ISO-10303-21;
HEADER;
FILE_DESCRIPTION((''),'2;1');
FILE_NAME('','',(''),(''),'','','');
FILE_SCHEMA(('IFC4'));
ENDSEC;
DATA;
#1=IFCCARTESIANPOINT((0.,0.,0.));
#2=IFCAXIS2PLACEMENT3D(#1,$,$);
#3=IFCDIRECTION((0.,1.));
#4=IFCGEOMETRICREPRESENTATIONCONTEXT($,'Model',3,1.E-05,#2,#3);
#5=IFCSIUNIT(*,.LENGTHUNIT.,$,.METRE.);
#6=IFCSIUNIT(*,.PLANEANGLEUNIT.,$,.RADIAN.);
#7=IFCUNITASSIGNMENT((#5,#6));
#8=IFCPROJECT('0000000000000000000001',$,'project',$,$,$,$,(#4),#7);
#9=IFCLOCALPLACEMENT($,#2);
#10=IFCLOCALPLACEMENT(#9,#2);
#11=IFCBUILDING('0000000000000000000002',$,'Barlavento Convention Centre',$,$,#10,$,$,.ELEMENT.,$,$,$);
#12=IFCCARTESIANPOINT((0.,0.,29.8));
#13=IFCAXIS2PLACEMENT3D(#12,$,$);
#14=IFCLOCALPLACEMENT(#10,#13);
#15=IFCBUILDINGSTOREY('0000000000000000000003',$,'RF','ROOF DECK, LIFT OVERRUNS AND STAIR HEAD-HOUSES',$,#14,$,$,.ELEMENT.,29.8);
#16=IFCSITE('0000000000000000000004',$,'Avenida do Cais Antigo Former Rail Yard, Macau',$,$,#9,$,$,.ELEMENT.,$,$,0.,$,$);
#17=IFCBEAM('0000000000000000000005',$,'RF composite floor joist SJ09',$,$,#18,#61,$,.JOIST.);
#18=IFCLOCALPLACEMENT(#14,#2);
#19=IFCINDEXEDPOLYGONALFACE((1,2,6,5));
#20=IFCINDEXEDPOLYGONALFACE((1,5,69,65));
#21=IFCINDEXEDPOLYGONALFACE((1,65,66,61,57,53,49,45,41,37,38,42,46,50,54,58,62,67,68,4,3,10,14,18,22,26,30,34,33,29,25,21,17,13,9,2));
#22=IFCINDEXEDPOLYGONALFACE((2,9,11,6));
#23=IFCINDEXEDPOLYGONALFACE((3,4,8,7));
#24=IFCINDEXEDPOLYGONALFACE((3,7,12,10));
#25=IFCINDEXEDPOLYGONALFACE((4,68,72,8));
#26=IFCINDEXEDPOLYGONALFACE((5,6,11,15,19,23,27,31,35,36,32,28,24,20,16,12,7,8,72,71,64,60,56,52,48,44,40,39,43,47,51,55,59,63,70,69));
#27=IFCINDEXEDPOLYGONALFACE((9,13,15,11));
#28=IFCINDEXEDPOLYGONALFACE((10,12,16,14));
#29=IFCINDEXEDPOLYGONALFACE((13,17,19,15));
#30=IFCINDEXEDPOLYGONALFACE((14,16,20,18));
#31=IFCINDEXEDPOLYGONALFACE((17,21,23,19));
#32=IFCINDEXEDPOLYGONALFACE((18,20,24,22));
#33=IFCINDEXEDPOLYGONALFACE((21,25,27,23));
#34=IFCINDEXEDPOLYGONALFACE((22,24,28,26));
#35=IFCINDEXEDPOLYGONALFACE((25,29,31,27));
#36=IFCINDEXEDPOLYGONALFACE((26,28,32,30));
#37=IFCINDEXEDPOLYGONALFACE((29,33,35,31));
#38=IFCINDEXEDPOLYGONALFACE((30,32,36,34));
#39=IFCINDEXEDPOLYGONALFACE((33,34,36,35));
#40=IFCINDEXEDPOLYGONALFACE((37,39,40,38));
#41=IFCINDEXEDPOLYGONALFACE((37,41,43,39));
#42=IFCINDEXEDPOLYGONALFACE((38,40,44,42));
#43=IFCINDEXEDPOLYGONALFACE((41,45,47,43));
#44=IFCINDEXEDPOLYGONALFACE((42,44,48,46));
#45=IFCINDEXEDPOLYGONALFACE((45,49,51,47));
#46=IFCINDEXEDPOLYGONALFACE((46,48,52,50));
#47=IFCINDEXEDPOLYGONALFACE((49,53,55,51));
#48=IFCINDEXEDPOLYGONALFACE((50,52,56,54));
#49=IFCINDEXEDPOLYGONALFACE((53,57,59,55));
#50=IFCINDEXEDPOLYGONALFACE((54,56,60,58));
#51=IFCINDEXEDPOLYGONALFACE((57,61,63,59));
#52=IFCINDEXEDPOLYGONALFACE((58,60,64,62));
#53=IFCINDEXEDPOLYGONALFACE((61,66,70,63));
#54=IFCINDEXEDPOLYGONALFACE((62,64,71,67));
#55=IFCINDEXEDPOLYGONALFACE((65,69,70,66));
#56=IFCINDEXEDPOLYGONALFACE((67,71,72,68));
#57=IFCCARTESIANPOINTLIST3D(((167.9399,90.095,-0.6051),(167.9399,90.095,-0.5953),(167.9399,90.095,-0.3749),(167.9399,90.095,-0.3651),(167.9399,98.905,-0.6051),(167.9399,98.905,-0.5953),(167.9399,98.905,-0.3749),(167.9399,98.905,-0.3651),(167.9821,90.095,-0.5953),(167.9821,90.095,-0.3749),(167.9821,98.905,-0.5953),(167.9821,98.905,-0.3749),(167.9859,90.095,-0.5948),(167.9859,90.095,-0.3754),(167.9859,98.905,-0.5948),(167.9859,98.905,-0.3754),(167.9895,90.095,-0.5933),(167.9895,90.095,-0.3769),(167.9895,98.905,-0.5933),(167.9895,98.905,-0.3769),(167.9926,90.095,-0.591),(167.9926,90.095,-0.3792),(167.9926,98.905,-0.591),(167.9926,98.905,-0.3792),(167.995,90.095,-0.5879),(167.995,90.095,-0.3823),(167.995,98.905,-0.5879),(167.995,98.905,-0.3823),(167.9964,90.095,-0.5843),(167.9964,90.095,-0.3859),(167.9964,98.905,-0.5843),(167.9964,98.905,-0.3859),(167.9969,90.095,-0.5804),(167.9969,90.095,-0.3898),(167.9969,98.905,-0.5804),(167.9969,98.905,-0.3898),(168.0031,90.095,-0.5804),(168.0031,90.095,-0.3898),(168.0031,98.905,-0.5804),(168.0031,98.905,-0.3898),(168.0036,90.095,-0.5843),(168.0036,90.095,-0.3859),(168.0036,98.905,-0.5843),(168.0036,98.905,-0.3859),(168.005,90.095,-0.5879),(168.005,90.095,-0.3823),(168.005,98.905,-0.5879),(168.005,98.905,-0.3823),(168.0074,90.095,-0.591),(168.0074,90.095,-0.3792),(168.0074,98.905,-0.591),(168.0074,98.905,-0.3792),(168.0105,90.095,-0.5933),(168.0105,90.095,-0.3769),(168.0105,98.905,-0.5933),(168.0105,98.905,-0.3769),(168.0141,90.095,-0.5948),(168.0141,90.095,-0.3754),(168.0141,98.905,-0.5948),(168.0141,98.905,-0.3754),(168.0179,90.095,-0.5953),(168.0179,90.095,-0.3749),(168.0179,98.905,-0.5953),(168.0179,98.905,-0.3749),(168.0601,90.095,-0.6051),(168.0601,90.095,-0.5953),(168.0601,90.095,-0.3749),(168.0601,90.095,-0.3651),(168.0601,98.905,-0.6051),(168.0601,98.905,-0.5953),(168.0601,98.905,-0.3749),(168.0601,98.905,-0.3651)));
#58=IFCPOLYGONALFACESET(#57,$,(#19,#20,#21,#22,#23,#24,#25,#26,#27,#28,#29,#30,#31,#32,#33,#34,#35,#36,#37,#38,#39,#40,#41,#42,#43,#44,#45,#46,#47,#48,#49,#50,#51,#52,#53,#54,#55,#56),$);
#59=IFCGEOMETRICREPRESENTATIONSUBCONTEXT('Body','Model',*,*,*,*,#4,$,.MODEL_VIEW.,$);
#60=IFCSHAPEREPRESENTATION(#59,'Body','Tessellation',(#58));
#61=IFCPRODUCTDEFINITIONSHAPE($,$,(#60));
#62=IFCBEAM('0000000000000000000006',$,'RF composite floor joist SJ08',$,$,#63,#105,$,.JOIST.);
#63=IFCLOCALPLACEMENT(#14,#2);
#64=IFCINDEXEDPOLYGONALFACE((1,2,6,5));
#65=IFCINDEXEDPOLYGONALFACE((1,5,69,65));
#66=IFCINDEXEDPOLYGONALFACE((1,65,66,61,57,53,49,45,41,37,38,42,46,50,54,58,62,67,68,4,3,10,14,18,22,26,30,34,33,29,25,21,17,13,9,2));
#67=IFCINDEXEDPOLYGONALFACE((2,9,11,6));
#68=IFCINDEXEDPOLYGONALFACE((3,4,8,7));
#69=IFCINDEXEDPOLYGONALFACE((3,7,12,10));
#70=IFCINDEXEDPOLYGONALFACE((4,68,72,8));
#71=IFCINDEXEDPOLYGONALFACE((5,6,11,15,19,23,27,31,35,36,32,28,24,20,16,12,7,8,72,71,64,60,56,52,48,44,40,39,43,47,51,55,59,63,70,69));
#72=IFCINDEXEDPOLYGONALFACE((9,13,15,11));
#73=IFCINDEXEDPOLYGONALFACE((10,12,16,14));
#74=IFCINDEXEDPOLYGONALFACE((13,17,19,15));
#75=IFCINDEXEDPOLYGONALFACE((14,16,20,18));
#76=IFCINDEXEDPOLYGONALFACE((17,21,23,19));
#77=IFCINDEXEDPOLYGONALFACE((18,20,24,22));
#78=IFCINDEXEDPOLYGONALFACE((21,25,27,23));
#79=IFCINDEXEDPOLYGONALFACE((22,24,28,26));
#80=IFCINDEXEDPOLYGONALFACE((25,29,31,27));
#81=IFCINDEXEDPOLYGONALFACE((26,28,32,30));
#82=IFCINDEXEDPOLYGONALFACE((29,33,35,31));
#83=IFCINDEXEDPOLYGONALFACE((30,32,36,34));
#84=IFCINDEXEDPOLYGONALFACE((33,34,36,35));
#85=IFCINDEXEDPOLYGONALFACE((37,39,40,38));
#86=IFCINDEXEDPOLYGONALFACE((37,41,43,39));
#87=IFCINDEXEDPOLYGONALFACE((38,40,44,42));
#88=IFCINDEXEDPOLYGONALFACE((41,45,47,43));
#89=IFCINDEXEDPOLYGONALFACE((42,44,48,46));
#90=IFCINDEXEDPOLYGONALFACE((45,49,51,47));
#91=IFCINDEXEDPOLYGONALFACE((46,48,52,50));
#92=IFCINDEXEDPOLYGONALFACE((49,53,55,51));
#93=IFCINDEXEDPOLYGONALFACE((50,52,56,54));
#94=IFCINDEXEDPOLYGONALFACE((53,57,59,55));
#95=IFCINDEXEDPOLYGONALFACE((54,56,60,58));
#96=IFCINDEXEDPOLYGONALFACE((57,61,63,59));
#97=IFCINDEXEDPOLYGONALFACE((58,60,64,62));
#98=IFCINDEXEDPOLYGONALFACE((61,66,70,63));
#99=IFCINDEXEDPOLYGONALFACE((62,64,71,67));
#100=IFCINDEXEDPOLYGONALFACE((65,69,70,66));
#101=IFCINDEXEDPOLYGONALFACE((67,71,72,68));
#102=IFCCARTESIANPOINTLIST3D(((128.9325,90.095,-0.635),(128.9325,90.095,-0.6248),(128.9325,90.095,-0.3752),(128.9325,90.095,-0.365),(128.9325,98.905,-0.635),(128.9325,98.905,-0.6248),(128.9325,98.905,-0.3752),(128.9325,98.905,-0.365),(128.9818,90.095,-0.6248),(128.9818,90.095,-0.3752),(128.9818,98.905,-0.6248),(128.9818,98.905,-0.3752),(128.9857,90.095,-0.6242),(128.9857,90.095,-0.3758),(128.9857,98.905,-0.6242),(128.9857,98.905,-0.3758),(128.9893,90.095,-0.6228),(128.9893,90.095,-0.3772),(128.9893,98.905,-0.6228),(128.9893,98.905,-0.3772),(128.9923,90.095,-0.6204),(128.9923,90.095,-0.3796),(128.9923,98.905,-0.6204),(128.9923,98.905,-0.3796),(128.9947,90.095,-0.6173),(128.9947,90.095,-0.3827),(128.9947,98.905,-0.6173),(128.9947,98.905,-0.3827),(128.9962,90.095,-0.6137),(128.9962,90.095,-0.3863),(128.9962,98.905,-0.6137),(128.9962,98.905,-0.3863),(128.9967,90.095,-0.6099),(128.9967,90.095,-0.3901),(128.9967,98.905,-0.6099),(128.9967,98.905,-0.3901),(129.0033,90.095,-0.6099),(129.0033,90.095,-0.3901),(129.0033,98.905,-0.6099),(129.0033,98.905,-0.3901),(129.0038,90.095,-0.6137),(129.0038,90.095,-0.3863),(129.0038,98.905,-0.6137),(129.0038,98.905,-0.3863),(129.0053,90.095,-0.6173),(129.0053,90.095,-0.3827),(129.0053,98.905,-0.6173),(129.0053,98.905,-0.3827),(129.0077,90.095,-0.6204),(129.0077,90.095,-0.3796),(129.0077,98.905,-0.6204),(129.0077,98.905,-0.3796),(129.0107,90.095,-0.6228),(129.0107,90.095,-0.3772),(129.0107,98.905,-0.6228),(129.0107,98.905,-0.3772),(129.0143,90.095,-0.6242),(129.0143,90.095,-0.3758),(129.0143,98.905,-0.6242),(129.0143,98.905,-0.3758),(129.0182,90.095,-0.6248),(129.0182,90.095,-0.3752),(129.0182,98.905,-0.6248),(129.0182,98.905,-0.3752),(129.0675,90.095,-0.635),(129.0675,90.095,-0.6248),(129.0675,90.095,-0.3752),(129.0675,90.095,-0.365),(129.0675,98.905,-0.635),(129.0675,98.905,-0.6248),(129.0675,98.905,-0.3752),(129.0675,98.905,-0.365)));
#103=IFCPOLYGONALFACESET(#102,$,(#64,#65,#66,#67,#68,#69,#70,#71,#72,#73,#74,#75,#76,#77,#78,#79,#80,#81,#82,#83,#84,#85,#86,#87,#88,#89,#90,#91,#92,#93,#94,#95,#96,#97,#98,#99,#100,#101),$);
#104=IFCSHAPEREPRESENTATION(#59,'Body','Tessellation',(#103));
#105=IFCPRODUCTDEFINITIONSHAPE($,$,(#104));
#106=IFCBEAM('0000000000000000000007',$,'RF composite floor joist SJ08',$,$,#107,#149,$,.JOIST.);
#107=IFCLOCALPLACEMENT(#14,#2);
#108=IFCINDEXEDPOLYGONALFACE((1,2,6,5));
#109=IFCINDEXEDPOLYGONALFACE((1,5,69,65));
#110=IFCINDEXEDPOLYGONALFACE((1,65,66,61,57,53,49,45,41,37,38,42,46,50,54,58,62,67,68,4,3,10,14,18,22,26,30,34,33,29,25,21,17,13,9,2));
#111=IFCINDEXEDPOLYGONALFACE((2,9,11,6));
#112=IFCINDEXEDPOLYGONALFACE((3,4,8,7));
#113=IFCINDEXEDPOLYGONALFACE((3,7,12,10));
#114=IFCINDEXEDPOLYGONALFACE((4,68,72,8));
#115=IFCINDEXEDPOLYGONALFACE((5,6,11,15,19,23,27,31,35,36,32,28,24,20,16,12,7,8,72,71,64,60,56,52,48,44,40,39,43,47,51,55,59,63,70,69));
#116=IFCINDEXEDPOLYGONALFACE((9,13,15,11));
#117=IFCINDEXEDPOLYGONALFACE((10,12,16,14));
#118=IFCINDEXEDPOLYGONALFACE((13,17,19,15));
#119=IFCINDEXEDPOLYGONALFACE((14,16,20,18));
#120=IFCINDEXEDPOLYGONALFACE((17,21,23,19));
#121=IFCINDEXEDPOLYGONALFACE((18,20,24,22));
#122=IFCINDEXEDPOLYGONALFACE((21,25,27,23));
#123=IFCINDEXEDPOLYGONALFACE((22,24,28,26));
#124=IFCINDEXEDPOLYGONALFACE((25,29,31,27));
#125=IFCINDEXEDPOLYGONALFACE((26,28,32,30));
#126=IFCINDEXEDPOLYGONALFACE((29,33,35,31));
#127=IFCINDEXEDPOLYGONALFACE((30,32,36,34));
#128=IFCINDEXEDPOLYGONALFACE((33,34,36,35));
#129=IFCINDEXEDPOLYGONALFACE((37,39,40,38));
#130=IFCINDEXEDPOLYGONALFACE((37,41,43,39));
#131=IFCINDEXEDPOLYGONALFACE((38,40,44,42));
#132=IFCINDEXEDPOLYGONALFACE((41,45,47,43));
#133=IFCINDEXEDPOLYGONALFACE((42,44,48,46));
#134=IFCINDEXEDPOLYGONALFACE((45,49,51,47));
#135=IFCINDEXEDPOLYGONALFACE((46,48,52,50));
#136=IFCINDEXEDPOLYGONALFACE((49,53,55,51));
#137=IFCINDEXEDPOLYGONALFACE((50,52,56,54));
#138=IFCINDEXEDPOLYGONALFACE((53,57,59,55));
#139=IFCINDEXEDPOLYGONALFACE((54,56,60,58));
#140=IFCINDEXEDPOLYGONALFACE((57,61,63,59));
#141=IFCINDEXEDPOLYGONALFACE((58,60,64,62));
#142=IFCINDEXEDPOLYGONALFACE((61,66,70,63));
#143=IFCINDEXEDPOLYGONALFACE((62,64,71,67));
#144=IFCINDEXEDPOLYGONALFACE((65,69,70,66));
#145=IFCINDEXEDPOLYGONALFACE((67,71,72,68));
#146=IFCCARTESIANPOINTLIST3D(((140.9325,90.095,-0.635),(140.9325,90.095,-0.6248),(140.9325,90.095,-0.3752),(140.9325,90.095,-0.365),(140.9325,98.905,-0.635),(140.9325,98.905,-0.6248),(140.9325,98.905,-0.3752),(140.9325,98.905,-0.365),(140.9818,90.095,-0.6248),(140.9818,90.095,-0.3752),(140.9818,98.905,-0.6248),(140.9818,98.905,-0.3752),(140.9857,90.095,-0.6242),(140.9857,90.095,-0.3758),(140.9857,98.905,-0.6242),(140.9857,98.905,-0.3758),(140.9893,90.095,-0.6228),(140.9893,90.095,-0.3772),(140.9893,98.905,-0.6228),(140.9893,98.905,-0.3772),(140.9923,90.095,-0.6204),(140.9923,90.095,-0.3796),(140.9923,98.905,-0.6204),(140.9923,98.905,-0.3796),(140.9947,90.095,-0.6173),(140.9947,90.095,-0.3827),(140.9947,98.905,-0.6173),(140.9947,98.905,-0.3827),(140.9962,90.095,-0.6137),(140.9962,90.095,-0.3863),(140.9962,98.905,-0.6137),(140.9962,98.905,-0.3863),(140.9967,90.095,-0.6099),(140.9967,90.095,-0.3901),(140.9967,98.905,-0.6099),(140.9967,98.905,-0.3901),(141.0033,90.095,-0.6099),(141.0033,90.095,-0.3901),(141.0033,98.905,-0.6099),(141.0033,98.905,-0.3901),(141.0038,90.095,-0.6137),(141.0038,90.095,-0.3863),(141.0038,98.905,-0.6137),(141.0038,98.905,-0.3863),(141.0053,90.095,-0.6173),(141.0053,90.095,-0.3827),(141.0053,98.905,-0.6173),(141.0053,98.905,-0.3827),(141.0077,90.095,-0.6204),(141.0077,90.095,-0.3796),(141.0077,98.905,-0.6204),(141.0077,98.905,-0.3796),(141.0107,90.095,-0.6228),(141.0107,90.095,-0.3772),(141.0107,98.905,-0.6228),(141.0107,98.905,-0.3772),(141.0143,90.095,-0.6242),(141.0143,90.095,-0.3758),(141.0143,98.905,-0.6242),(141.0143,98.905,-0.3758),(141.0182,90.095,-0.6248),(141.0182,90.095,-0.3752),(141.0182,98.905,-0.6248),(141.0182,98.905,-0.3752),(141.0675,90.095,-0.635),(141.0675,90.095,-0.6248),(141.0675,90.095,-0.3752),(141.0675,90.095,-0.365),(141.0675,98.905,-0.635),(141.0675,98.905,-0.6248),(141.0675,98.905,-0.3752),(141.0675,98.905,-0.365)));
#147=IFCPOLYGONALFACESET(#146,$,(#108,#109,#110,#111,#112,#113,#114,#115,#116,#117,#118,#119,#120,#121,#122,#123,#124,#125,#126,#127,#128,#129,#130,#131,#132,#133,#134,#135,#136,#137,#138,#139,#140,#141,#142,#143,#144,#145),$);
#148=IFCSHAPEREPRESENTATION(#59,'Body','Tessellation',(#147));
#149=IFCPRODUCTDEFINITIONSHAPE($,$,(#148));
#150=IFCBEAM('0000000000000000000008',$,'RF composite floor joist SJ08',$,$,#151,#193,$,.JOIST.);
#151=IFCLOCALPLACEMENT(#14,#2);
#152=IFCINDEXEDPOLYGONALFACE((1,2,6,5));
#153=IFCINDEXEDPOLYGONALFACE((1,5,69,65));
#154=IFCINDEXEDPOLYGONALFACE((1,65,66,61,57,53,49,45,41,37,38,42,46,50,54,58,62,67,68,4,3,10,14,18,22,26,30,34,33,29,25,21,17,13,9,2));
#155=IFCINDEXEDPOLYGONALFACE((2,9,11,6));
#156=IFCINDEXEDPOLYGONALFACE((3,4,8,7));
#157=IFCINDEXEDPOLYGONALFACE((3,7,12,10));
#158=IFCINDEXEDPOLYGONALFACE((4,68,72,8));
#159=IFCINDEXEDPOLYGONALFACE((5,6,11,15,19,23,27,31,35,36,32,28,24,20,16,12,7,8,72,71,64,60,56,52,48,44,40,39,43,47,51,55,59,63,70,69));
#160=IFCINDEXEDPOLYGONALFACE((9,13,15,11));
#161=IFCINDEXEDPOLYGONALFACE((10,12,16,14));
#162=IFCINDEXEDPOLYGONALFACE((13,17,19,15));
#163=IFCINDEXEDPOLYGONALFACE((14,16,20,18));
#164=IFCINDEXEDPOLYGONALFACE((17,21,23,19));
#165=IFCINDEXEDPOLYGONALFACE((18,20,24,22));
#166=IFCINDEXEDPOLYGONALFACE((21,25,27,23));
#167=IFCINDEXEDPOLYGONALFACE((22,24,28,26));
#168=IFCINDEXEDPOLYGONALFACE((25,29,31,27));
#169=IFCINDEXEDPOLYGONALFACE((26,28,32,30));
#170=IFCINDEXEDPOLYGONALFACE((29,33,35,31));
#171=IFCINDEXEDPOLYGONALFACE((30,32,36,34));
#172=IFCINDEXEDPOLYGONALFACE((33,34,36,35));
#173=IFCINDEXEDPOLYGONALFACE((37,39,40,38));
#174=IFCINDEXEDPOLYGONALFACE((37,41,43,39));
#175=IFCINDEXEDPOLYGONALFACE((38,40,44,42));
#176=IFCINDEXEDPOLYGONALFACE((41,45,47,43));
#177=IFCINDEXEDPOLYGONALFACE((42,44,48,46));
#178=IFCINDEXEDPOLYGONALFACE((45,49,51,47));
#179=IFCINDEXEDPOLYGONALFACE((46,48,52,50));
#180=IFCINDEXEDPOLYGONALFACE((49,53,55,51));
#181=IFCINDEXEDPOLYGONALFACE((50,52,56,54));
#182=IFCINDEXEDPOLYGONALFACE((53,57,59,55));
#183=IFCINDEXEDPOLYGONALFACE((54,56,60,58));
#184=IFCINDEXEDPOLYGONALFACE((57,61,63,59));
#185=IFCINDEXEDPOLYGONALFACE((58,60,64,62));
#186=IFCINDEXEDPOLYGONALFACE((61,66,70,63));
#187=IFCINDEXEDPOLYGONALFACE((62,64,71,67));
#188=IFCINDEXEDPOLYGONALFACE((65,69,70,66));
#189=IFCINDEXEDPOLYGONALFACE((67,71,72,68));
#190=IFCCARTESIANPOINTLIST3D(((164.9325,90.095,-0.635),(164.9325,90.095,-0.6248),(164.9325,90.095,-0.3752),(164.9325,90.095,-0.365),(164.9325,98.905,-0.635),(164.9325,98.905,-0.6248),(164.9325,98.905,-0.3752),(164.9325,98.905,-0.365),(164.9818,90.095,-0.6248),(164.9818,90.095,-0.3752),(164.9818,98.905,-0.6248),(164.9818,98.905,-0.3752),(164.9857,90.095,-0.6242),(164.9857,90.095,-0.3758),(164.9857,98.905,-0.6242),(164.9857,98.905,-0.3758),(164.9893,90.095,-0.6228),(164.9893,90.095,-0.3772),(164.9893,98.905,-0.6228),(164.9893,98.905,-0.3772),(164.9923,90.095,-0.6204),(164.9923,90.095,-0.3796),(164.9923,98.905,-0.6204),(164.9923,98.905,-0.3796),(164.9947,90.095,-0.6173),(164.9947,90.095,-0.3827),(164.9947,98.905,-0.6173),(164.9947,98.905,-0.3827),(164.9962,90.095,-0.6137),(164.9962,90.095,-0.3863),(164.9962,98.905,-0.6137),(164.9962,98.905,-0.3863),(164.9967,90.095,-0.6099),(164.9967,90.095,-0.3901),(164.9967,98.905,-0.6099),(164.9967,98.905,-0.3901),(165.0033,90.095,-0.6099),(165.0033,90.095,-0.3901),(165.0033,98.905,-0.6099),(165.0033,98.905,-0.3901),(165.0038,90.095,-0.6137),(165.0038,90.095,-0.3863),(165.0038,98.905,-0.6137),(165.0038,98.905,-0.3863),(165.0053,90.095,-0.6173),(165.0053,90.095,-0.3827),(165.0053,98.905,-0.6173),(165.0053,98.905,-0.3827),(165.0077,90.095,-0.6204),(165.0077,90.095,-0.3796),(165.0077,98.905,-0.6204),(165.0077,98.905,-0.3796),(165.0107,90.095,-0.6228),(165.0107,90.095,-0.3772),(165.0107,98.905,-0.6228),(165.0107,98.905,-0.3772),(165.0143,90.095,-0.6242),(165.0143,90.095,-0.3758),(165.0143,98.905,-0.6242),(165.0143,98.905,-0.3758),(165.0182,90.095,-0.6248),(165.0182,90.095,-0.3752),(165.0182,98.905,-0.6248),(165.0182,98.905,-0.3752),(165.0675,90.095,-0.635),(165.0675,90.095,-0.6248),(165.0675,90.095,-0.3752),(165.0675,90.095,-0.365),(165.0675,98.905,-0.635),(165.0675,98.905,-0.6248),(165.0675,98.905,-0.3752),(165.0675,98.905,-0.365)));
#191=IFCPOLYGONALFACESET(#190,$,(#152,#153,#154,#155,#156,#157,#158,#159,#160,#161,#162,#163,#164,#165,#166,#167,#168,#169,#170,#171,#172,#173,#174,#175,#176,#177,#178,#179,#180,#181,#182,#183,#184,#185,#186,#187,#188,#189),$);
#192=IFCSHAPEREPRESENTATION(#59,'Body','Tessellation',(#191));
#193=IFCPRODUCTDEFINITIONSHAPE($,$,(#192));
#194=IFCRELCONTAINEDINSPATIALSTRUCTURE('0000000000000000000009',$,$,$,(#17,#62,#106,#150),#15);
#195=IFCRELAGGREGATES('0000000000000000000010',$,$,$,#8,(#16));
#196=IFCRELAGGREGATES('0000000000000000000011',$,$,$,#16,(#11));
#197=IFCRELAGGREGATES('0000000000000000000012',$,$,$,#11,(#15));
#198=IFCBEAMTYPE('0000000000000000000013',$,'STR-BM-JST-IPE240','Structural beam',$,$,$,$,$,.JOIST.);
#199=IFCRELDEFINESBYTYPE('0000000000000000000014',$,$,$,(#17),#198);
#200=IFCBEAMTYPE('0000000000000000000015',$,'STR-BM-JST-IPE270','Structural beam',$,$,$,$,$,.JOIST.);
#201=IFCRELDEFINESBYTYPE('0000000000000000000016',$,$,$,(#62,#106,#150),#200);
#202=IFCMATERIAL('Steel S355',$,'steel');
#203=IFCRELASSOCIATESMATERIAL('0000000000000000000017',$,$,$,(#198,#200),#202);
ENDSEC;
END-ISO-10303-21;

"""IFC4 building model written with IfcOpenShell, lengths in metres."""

from ifc_helpers import new_model, si_unit, direction, frame, origin, origin_2d, place, context, subcontext, project, spatial, i_section, extrude, material, material_profile, profile_set, type_object, element, save


model = new_model("IFC4")

# Units and contexts
model_context = context("Model", 3, precision=1e-05, world=origin(), true_north=direction((0.0, 1.0)))
body_context = subcontext(model_context, "Body", "Model", "MODEL_VIEW")
ifc_project = project(units=[si_unit("LENGTHUNIT", "METRE"), si_unit("PLANEANGLEUNIT", "RADIAN")], contexts=[model_context])

# Site, building, storey
site_placement = place(None, origin())
site = spatial("IfcSite", under=ifc_project, at=site_placement, Name="Avenida do Cais Antigo Former Rail Yard, Macau", CompositionType="ELEMENT", RefElevation=0.0)
building_placement = place(site_placement, origin())
building = spatial("IfcBuilding", under=site, at=building_placement, Name="Barlavento Convention Centre", CompositionType="ELEMENT")
storey_placement = place(building_placement, frame((0.0, 0.0, 29.8)))
storey = spatial("IfcBuildingStorey", under=building, at=storey_placement, Name="RF", Description="ROOF DECK, LIFT OVERRUNS AND STAIR HEAD-HOUSES", CompositionType="ELEMENT", Elevation=29.8)

# Beams
ifc_material_1 = material(Name="Steel S355", Category="steel")
ifc_material_profile_1 = material_profile(ifc_material_1, i_section(OverallWidth=0.1201, OverallDepth=0.24, WebThickness=0.0061, FlangeThickness=0.0098, FilletRadius=0.0149, at=origin_2d()), Name="IPE 240")
ifc_profile_set_1 = profile_set([ifc_material_profile_1], Name="Steel S355")
beam_type_1 = type_object("IfcBeamType", Name="STR-BM-JST-IPE240", Description="Structural beam", PredefinedType="JOIST", material=ifc_profile_set_1)
for number, where, z_axis, x_axis, name in (
    (1, (168.0, 90.095, -0.4851), (0.0, 1.0, 0.0), (-1.0, 0.0, 0.0), "RF composite floor joist SJ09"),
):
    element("IfcBeam", number, at=place(storey_placement, frame(where, z_axis=z_axis, x_axis=x_axis)), inside=storey, type_object=beam_type_1, Name=name, PredefinedType="JOIST", context=body_context, shape_type="SweptSolid", body=[
        extrude(i_section(OverallWidth=0.1201, OverallDepth=0.24, WebThickness=0.0061, FlangeThickness=0.0098, FilletRadius=0.0149, at=origin_2d()), origin(), (0.0, 0.0, 1.0), 8.8101),
    ])
ifc_material_profile_2 = material_profile(ifc_material_1, i_section(OverallWidth=0.135, OverallDepth=0.27, WebThickness=0.0066, FlangeThickness=0.0103, FilletRadius=0.0149, at=origin_2d()), Name="IPE 270")
ifc_profile_set_2 = profile_set([ifc_material_profile_2], Name="Steel S355")
beam_type_2 = type_object("IfcBeamType", Name="STR-BM-JST-IPE270", Description="Structural beam", PredefinedType="JOIST", material=ifc_profile_set_2)
for number, where, z_axis, x_axis, name in (
    (2, (129.0, 90.095, -0.5), (0.0, 1.0, 0.0), (-1.0, 0.0, 0.0), "RF composite floor joist SJ08"),
    (3, (141.0, 90.095, -0.5), (0.0, 1.0, 0.0), (-1.0, 0.0, 0.0), "RF composite floor joist SJ08"),
    (4, (165.0, 90.095, -0.5), (0.0, 1.0, 0.0), (-1.0, 0.0, 0.0), "RF composite floor joist SJ08"),
):
    element("IfcBeam", number, at=place(storey_placement, frame(where, z_axis=z_axis, x_axis=x_axis)), inside=storey, type_object=beam_type_2, Name=name, PredefinedType="JOIST", context=body_context, shape_type="SweptSolid", body=[
        extrude(i_section(OverallWidth=0.135, OverallDepth=0.27, WebThickness=0.0066, FlangeThickness=0.0103, FilletRadius=0.0149, at=origin_2d()), origin(), (0.0, 0.0, 1.0), 8.8101),
    ])

save(model, "model.ifc")
